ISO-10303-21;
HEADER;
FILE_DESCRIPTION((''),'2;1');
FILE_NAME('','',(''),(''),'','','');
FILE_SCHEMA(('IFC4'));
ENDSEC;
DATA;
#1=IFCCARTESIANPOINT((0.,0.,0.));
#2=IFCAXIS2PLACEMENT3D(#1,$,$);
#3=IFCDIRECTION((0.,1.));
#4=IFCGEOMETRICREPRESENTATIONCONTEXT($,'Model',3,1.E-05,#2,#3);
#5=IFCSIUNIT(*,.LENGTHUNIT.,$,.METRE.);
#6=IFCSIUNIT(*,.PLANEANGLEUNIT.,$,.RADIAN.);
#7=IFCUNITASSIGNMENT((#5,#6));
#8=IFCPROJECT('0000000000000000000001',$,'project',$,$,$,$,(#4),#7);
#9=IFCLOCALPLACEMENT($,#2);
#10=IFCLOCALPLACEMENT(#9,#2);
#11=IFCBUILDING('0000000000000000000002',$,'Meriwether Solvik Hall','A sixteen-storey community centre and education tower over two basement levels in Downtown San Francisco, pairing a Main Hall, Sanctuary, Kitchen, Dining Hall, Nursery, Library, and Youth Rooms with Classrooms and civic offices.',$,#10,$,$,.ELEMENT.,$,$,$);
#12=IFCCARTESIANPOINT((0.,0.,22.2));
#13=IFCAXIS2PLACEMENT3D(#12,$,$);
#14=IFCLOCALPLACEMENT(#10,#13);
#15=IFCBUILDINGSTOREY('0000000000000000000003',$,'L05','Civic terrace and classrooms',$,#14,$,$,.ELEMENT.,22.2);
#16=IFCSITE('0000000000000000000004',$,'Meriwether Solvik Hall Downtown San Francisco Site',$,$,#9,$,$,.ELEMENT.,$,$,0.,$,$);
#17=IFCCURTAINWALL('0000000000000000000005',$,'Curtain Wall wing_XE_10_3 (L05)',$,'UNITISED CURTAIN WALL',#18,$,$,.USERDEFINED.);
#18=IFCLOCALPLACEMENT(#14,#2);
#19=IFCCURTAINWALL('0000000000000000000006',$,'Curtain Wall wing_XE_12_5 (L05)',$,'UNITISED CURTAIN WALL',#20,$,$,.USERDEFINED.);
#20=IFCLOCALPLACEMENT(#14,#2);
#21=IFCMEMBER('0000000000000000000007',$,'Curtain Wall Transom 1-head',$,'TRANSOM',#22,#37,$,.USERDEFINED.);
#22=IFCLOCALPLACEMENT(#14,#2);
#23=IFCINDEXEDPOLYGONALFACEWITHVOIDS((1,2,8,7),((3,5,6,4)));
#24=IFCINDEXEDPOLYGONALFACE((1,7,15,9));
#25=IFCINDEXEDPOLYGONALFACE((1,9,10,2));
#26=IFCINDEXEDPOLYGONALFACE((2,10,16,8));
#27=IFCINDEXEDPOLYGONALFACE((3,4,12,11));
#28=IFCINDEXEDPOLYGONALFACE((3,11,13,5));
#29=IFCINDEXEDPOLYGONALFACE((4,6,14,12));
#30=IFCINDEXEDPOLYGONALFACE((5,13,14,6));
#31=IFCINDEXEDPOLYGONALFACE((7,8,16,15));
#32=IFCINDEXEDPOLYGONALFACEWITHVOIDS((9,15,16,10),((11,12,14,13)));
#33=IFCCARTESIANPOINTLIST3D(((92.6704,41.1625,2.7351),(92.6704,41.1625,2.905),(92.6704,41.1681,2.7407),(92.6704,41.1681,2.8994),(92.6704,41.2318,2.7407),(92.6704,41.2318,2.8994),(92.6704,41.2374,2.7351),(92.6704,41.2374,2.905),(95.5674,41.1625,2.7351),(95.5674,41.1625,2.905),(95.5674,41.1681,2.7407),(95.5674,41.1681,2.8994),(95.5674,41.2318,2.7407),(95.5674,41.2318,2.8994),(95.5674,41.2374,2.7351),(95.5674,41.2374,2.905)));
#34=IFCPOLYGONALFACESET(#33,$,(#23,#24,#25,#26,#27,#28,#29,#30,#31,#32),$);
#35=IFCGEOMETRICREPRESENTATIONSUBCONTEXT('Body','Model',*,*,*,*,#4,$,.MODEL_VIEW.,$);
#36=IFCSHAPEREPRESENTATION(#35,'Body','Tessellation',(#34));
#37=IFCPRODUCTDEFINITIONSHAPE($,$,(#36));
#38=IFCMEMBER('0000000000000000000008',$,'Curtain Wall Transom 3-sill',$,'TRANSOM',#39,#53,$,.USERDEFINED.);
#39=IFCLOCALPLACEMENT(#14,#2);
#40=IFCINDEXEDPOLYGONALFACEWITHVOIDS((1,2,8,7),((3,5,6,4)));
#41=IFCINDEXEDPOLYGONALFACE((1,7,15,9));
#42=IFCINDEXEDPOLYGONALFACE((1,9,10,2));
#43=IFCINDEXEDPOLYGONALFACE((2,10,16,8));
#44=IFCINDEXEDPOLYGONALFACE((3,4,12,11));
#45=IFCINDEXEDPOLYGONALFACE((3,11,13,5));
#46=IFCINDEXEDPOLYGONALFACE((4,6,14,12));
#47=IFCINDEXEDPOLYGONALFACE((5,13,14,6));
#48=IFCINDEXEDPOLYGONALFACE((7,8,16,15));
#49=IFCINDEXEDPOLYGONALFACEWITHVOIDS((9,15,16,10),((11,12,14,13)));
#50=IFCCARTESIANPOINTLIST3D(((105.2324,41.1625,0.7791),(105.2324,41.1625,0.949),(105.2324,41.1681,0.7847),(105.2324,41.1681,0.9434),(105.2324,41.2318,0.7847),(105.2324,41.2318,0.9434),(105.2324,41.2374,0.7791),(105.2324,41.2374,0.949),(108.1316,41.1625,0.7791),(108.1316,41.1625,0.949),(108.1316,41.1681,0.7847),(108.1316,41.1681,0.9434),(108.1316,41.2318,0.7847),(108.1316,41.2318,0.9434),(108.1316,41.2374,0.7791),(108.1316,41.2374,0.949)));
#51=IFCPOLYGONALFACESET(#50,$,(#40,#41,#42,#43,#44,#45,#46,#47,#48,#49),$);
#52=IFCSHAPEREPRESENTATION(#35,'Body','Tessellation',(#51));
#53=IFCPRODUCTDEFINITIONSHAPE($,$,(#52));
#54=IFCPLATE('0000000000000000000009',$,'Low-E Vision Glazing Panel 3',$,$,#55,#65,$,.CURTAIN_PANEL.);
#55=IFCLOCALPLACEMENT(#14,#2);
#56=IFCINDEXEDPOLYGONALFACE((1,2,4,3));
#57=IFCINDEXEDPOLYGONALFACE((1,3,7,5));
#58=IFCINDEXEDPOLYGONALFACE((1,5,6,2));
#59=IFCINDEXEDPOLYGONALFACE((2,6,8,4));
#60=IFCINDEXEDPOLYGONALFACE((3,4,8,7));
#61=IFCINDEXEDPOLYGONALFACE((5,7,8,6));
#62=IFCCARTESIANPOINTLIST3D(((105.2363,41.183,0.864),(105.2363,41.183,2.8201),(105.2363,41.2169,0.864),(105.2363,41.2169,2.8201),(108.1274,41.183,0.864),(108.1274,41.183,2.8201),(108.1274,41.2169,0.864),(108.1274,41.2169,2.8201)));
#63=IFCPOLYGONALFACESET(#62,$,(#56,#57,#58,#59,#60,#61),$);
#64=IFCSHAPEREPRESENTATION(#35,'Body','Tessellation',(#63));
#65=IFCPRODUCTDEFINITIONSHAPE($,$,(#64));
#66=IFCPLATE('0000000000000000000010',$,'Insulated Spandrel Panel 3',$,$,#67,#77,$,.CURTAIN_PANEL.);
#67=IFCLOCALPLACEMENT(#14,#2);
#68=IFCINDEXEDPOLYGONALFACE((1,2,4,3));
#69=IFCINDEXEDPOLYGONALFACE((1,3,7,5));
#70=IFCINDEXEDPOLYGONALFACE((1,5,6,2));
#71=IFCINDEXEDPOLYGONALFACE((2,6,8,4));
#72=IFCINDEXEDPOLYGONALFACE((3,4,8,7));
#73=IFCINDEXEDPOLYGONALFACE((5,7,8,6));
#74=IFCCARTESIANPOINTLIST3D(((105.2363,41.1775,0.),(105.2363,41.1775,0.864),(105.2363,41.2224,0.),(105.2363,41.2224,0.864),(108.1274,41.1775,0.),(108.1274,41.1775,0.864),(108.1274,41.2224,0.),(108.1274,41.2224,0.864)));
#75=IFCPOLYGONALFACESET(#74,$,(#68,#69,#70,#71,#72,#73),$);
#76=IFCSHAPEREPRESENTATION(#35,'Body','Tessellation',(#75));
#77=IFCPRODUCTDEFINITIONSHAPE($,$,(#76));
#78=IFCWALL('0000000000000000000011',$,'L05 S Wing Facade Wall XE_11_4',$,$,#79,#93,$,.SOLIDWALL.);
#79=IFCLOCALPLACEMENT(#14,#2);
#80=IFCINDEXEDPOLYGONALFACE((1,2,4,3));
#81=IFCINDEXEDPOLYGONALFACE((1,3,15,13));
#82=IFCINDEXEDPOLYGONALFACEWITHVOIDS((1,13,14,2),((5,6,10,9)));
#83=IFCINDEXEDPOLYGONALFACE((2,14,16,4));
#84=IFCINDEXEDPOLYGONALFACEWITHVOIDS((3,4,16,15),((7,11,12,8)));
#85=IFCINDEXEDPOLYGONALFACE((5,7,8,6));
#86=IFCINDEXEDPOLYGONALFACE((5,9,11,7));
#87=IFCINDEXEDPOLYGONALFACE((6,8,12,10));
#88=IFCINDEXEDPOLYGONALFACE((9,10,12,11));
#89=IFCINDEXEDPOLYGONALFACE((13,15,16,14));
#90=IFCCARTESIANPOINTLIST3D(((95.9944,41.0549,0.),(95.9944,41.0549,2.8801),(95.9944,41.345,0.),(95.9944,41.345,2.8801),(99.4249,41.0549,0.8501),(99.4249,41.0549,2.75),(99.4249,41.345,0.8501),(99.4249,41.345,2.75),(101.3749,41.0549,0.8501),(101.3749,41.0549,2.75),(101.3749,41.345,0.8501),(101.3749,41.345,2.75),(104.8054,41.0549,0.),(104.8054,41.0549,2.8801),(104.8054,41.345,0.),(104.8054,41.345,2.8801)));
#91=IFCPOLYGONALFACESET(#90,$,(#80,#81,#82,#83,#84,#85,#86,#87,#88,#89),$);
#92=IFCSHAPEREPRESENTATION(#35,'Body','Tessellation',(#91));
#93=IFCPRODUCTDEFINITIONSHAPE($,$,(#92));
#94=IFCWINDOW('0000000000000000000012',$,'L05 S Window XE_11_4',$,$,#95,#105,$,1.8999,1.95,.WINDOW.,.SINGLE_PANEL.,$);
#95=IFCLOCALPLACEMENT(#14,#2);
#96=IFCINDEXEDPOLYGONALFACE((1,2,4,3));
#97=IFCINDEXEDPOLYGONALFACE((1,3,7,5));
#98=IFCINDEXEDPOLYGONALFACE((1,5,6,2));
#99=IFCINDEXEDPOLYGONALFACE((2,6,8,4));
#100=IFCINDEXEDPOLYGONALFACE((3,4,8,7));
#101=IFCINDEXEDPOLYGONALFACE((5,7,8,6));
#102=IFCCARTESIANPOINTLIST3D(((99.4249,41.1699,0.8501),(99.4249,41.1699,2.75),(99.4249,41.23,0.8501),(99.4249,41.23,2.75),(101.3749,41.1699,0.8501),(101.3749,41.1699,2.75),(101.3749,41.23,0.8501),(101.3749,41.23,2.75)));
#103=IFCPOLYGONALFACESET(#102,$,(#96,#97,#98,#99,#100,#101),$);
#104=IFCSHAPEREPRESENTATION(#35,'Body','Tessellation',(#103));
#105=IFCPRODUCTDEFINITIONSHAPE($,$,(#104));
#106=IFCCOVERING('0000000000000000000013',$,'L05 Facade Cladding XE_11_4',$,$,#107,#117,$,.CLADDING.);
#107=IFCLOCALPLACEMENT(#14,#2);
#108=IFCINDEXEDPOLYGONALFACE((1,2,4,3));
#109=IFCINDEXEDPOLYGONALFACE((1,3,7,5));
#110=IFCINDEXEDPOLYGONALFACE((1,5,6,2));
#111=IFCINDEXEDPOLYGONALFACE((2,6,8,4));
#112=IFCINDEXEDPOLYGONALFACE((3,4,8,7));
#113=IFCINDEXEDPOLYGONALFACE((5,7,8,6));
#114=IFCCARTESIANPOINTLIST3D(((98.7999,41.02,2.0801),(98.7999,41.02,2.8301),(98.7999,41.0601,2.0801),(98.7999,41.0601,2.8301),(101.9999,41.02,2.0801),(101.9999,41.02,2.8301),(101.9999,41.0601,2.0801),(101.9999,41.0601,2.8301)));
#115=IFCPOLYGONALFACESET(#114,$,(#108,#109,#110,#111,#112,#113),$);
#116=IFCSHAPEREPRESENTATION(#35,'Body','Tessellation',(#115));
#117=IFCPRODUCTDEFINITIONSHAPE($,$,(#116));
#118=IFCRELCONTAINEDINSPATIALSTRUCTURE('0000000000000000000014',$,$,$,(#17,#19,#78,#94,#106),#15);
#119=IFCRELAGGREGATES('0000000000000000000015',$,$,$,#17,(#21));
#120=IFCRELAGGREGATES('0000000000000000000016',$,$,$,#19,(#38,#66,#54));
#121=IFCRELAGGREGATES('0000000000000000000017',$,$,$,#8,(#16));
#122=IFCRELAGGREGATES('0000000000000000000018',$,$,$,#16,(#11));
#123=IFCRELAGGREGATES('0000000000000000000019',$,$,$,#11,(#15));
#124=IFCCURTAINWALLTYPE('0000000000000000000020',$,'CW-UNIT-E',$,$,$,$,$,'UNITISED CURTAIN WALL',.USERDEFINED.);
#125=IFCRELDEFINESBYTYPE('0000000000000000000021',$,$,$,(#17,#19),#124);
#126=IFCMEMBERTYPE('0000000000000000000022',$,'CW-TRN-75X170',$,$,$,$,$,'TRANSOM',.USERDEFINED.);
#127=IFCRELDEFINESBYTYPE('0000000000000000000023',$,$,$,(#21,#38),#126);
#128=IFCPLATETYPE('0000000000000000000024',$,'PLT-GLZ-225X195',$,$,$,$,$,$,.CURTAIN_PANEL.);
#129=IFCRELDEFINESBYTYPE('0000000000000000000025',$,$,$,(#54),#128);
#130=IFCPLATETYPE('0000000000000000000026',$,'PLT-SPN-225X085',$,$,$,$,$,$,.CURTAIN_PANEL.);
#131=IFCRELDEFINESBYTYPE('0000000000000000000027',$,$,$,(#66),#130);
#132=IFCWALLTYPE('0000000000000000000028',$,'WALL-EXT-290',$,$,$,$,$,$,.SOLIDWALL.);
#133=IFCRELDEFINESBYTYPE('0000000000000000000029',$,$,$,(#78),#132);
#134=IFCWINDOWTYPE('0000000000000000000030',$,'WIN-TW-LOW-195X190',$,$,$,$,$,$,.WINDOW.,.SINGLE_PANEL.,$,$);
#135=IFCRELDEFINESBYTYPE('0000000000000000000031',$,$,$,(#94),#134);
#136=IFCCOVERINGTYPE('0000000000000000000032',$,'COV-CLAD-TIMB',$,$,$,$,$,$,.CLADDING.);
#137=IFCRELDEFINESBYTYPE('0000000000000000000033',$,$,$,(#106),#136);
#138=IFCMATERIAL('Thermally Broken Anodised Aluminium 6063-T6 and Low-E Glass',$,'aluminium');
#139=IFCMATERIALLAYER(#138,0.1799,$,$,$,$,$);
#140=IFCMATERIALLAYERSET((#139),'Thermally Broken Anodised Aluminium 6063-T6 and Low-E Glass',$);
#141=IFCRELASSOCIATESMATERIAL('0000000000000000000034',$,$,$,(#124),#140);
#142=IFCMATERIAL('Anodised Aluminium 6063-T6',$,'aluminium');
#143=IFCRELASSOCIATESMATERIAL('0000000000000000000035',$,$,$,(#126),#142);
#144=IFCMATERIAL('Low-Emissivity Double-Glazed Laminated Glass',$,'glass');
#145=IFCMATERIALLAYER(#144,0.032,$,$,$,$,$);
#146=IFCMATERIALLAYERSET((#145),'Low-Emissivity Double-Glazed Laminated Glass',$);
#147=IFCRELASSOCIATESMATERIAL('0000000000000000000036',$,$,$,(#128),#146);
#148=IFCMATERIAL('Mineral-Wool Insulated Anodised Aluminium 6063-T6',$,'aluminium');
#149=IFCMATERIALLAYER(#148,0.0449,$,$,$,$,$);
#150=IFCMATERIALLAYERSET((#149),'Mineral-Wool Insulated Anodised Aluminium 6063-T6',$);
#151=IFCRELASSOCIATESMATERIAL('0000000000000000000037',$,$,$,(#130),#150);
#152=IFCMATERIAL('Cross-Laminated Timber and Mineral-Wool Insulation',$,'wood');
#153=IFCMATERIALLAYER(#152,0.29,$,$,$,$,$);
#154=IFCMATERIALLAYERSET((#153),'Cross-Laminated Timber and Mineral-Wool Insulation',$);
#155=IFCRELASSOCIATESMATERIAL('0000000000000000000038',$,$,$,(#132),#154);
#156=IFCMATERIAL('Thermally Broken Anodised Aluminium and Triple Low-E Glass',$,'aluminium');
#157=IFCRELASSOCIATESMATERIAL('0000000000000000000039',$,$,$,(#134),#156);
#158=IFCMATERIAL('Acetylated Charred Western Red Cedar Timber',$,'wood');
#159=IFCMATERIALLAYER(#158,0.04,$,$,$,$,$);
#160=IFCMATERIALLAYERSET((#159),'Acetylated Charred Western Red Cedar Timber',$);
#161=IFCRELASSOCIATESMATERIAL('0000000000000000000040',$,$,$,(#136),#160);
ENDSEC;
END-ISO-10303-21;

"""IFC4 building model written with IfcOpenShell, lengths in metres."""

from ifc_helpers import new_model, si_unit, direction, frame, frame_2d, origin, origin_2d, place, context, subcontext, project, spatial, rectangle, hollow_rectangle, extrude, material, layer, layer_set, material_profile, profile_set, type_object, element, fill, aggregate, save


model = new_model("IFC4")

# Units and contexts
model_context = context("Model", 3, precision=1e-05, world=origin(), true_north=direction((0.0, 1.0)))
body_context = subcontext(model_context, "Body", "Model", "MODEL_VIEW")
ifc_project = project(units=[si_unit("LENGTHUNIT", "METRE"), si_unit("PLANEANGLEUNIT", "RADIAN")], contexts=[model_context])

# Site, building, storey
site_placement = place(None, origin())
site = spatial("IfcSite", under=ifc_project, at=site_placement, Name="Meriwether Solvik Hall Downtown San Francisco Site", CompositionType="ELEMENT", RefElevation=0.0)
building_placement = place(site_placement, origin())
building = spatial("IfcBuilding", under=site, at=building_placement, Name="Meriwether Solvik Hall", Description="A sixteen-storey community centre and education tower over two basement levels in Downtown San Francisco, pairing a Main Hall, Sanctuary, Kitchen, Dining Hall, Nursery, Library, and Youth Rooms with Classrooms and civic offices.", CompositionType="ELEMENT")
storey_placement = place(building_placement, frame((0.0, 0.0, 22.2)))
storey = spatial("IfcBuildingStorey", under=building, at=storey_placement, Name="L05", Description="Civic terrace and classrooms", CompositionType="ELEMENT", Elevation=22.2)

# Curtain wall
ifc_material_1 = material(Name="Thermally Broken Anodised Aluminium 6063-T6 and Low-E Glass", Category="aluminium")
ifc_layer_1 = layer(ifc_material_1, 0.1799)
ifc_layer_set_1 = layer_set([ifc_layer_1], Name="Thermally Broken Anodised Aluminium 6063-T6 and Low-E Glass")
curtain_wall_type = type_object("IfcCurtainWallType", Name="CW-UNIT-E", ElementType="UNITISED CURTAIN WALL", PredefinedType="USERDEFINED", material=ifc_layer_set_1)
curtain_wall_1_placement = place(storey_placement, origin())
curtain_wall_1 = element("IfcCurtainWall", 1, at=curtain_wall_1_placement, inside=storey, type_object=curtain_wall_type, Name="Curtain Wall wing_XE_10_3 (L05)", ObjectType="UNITISED CURTAIN WALL", PredefinedType="USERDEFINED")

# Curtain wall
curtain_wall_2_placement = place(storey_placement, origin())
curtain_wall_2 = element("IfcCurtainWall", 2, at=curtain_wall_2_placement, inside=storey, type_object=curtain_wall_type, Name="Curtain Wall wing_XE_12_5 (L05)", ObjectType="UNITISED CURTAIN WALL", PredefinedType="USERDEFINED")

# Members
ifc_material_2 = material(Name="Anodised Aluminium 6063-T6", Category="aluminium")
ifc_material_profile_1 = material_profile(ifc_material_2, hollow_rectangle(XDim=0.075, YDim=0.1699, WallThickness=0.0056, at=origin_2d()), Name="CWT-75X170")
ifc_profile_set_1 = profile_set([ifc_material_profile_1], Name="Anodised Aluminium 6063-T6")
member_type_1 = type_object("IfcMemberType", Name="CW-TRN-75X170", ElementType="TRANSOM", PredefinedType="USERDEFINED", material=ifc_profile_set_1)
member_1_placement = place(storey_placement, frame((95.5674, 41.2, 2.8201), z_axis=(-1.0, 0.0, 0.0), x_axis=(0.0, -1.0, 0.0)))
member_1 = element("IfcMember", 3, at=member_1_placement, type_object=member_type_1, Name="Curtain Wall Transom 1-head", ObjectType="TRANSOM", PredefinedType="USERDEFINED", context=body_context, shape_type="SweptSolid", body=[
    extrude(hollow_rectangle(XDim=0.075, YDim=0.1699, WallThickness=0.0056, at=origin_2d()), origin(), (0.0, 0.0, 1.0), 2.897),
])
aggregate(curtain_wall_1, [member_1])
member_2_placement = place(storey_placement, frame((108.1316, 41.2, 0.864), z_axis=(-1.0, 0.0, 0.0), x_axis=(0.0, -1.0, 0.0)))
member_2 = element("IfcMember", 4, at=member_2_placement, type_object=member_type_1, Name="Curtain Wall Transom 3-sill", ObjectType="TRANSOM", PredefinedType="USERDEFINED", context=body_context, shape_type="SweptSolid", body=[
    extrude(hollow_rectangle(XDim=0.075, YDim=0.1699, WallThickness=0.0056, at=origin_2d()), origin(), (0.0, 0.0, 1.0), 2.8992),
])

# Plates
ifc_material_3 = material(Name="Low-Emissivity Double-Glazed Laminated Glass", Category="glass")
ifc_layer_2 = layer(ifc_material_3, 0.032)
ifc_layer_set_2 = layer_set([ifc_layer_2], Name="Low-Emissivity Double-Glazed Laminated Glass")
plate_type_1 = type_object("IfcPlateType", Name="PLT-GLZ-225X195", PredefinedType="CURTAIN_PANEL", material=ifc_layer_set_2)
plate_1_placement = place(storey_placement, frame((106.6819, 41.2, 0.864), z_axis=(0.0, 0.0, 1.0), x_axis=(-1.0, 0.0, 0.0)))
plate_1 = element("IfcPlate", 5, at=plate_1_placement, type_object=plate_type_1, Name="Low-E Vision Glazing Panel 3", PredefinedType="CURTAIN_PANEL", context=body_context, shape_type="SweptSolid", body=[
    extrude(rectangle(XDim=2.8911, YDim=0.0339, at=origin_2d()), origin(), (0.0, 0.0, 1.0), 1.9561),
])
ifc_material_4 = material(Name="Mineral-Wool Insulated Anodised Aluminium 6063-T6", Category="aluminium")
ifc_layer_3 = layer(ifc_material_4, 0.0449)
ifc_layer_set_3 = layer_set([ifc_layer_3], Name="Mineral-Wool Insulated Anodised Aluminium 6063-T6")
plate_type_2 = type_object("IfcPlateType", Name="PLT-SPN-225X085", PredefinedType="CURTAIN_PANEL", material=ifc_layer_set_3)
plate_2_placement = place(storey_placement, frame((106.6819, 41.2, 0.0), z_axis=(0.0, 0.0, 1.0), x_axis=(-1.0, 0.0, 0.0)))
plate_2 = element("IfcPlate", 6, at=plate_2_placement, type_object=plate_type_2, Name="Insulated Spandrel Panel 3", PredefinedType="CURTAIN_PANEL", context=body_context, shape_type="SweptSolid", body=[
    extrude(rectangle(XDim=2.8911, YDim=0.0449, at=origin_2d()), origin(), (0.0, 0.0, 1.0), 0.864),
])
aggregate(curtain_wall_2, [member_2, plate_2, plate_1])

# Wall, opening, window
ifc_material_5 = material(Name="Cross-Laminated Timber and Mineral-Wool Insulation", Category="wood")
ifc_layer_4 = layer(ifc_material_5, 0.29)
ifc_layer_set_4 = layer_set([ifc_layer_4], Name="Cross-Laminated Timber and Mineral-Wool Insulation")
wall_type = type_object("IfcWallType", Name="WALL-EXT-290", PredefinedType="SOLIDWALL", material=ifc_layer_set_4)
wall_placement = place(storey_placement, frame((104.8054, 41.2, 0.0), z_axis=(0.0, 0.0, 1.0), x_axis=(-1.0, 0.0, 0.0)))
wall = element("IfcWall", 7, at=wall_placement, inside=storey, type_object=wall_type, Name="L05 S Wing Facade Wall XE_11_4", PredefinedType="SOLIDWALL", context=body_context, shape_type="SweptSolid", body=[
    extrude(rectangle(XDim=8.811, YDim=0.29, at=frame_2d((4.4055, 0.0))), origin(), (0.0, 0.0, 1.0), 2.8801),
])
opening_placement = place(wall_placement, frame((3.4304, 0.0, 0.8501)))
opening = element("IfcOpeningElement", 8, at=opening_placement, cuts=wall, PredefinedType="OPENING", context=body_context, shape_type="SweptSolid", body=[
    extrude(rectangle(XDim=1.95, YDim=1.8999, at=frame_2d((0.9751, 0.95))), frame((0.0, 0.157, 0.0), z_axis=(0.0, -1.0, 0.0), x_axis=(1.0, 0.0, 0.0)), (0.0, 0.0, 1.0), 0.314),
])
ifc_material_6 = material(Name="Thermally Broken Anodised Aluminium and Triple Low-E Glass", Category="aluminium")
window_type = type_object("IfcWindowType", Name="WIN-TW-LOW-195X190", PartitioningType="SINGLE_PANEL", PredefinedType="WINDOW", material=ifc_material_6)
window_placement = place(opening_placement, origin())
window = element("IfcWindow", 9, at=window_placement, inside=storey, type_object=window_type, Name="L05 S Window XE_11_4", OverallHeight=1.8999, OverallWidth=1.95, PartitioningType="SINGLE_PANEL", PredefinedType="WINDOW", context=body_context, shape_type="SweptSolid", body=[
    extrude(rectangle(XDim=1.95, YDim=1.8999, at=frame_2d((0.9751, 0.95))), frame((0.0, 0.03, 0.0), z_axis=(0.0, -1.0, 0.0), x_axis=(1.0, 0.0, 0.0)), (0.0, 0.0, 1.0), 0.0601),
])
fill(opening, window)

# Covering
ifc_material_7 = material(Name="Acetylated Charred Western Red Cedar Timber", Category="wood")
ifc_layer_5 = layer(ifc_material_7, 0.04)
ifc_layer_set_5 = layer_set([ifc_layer_5], Name="Acetylated Charred Western Red Cedar Timber")
covering_type = type_object("IfcCoveringType", Name="COV-CLAD-TIMB", PredefinedType="CLADDING", material=ifc_layer_set_5)
covering_placement = place(storey_placement, frame((100.3999, 41.04, 2.0801), z_axis=(0.0, 0.0, 1.0), x_axis=(-1.0, 0.0, 0.0)))
element("IfcCovering", 10, at=covering_placement, inside=storey, type_object=covering_type, Name="L05 Facade Cladding XE_11_4", PredefinedType="CLADDING", context=body_context, shape_type="SweptSolid", body=[
    extrude(rectangle(XDim=3.2, YDim=0.04, at=origin_2d()), origin(), (0.0, 0.0, 1.0), 0.75),
])

save(model, "model.ifc")
